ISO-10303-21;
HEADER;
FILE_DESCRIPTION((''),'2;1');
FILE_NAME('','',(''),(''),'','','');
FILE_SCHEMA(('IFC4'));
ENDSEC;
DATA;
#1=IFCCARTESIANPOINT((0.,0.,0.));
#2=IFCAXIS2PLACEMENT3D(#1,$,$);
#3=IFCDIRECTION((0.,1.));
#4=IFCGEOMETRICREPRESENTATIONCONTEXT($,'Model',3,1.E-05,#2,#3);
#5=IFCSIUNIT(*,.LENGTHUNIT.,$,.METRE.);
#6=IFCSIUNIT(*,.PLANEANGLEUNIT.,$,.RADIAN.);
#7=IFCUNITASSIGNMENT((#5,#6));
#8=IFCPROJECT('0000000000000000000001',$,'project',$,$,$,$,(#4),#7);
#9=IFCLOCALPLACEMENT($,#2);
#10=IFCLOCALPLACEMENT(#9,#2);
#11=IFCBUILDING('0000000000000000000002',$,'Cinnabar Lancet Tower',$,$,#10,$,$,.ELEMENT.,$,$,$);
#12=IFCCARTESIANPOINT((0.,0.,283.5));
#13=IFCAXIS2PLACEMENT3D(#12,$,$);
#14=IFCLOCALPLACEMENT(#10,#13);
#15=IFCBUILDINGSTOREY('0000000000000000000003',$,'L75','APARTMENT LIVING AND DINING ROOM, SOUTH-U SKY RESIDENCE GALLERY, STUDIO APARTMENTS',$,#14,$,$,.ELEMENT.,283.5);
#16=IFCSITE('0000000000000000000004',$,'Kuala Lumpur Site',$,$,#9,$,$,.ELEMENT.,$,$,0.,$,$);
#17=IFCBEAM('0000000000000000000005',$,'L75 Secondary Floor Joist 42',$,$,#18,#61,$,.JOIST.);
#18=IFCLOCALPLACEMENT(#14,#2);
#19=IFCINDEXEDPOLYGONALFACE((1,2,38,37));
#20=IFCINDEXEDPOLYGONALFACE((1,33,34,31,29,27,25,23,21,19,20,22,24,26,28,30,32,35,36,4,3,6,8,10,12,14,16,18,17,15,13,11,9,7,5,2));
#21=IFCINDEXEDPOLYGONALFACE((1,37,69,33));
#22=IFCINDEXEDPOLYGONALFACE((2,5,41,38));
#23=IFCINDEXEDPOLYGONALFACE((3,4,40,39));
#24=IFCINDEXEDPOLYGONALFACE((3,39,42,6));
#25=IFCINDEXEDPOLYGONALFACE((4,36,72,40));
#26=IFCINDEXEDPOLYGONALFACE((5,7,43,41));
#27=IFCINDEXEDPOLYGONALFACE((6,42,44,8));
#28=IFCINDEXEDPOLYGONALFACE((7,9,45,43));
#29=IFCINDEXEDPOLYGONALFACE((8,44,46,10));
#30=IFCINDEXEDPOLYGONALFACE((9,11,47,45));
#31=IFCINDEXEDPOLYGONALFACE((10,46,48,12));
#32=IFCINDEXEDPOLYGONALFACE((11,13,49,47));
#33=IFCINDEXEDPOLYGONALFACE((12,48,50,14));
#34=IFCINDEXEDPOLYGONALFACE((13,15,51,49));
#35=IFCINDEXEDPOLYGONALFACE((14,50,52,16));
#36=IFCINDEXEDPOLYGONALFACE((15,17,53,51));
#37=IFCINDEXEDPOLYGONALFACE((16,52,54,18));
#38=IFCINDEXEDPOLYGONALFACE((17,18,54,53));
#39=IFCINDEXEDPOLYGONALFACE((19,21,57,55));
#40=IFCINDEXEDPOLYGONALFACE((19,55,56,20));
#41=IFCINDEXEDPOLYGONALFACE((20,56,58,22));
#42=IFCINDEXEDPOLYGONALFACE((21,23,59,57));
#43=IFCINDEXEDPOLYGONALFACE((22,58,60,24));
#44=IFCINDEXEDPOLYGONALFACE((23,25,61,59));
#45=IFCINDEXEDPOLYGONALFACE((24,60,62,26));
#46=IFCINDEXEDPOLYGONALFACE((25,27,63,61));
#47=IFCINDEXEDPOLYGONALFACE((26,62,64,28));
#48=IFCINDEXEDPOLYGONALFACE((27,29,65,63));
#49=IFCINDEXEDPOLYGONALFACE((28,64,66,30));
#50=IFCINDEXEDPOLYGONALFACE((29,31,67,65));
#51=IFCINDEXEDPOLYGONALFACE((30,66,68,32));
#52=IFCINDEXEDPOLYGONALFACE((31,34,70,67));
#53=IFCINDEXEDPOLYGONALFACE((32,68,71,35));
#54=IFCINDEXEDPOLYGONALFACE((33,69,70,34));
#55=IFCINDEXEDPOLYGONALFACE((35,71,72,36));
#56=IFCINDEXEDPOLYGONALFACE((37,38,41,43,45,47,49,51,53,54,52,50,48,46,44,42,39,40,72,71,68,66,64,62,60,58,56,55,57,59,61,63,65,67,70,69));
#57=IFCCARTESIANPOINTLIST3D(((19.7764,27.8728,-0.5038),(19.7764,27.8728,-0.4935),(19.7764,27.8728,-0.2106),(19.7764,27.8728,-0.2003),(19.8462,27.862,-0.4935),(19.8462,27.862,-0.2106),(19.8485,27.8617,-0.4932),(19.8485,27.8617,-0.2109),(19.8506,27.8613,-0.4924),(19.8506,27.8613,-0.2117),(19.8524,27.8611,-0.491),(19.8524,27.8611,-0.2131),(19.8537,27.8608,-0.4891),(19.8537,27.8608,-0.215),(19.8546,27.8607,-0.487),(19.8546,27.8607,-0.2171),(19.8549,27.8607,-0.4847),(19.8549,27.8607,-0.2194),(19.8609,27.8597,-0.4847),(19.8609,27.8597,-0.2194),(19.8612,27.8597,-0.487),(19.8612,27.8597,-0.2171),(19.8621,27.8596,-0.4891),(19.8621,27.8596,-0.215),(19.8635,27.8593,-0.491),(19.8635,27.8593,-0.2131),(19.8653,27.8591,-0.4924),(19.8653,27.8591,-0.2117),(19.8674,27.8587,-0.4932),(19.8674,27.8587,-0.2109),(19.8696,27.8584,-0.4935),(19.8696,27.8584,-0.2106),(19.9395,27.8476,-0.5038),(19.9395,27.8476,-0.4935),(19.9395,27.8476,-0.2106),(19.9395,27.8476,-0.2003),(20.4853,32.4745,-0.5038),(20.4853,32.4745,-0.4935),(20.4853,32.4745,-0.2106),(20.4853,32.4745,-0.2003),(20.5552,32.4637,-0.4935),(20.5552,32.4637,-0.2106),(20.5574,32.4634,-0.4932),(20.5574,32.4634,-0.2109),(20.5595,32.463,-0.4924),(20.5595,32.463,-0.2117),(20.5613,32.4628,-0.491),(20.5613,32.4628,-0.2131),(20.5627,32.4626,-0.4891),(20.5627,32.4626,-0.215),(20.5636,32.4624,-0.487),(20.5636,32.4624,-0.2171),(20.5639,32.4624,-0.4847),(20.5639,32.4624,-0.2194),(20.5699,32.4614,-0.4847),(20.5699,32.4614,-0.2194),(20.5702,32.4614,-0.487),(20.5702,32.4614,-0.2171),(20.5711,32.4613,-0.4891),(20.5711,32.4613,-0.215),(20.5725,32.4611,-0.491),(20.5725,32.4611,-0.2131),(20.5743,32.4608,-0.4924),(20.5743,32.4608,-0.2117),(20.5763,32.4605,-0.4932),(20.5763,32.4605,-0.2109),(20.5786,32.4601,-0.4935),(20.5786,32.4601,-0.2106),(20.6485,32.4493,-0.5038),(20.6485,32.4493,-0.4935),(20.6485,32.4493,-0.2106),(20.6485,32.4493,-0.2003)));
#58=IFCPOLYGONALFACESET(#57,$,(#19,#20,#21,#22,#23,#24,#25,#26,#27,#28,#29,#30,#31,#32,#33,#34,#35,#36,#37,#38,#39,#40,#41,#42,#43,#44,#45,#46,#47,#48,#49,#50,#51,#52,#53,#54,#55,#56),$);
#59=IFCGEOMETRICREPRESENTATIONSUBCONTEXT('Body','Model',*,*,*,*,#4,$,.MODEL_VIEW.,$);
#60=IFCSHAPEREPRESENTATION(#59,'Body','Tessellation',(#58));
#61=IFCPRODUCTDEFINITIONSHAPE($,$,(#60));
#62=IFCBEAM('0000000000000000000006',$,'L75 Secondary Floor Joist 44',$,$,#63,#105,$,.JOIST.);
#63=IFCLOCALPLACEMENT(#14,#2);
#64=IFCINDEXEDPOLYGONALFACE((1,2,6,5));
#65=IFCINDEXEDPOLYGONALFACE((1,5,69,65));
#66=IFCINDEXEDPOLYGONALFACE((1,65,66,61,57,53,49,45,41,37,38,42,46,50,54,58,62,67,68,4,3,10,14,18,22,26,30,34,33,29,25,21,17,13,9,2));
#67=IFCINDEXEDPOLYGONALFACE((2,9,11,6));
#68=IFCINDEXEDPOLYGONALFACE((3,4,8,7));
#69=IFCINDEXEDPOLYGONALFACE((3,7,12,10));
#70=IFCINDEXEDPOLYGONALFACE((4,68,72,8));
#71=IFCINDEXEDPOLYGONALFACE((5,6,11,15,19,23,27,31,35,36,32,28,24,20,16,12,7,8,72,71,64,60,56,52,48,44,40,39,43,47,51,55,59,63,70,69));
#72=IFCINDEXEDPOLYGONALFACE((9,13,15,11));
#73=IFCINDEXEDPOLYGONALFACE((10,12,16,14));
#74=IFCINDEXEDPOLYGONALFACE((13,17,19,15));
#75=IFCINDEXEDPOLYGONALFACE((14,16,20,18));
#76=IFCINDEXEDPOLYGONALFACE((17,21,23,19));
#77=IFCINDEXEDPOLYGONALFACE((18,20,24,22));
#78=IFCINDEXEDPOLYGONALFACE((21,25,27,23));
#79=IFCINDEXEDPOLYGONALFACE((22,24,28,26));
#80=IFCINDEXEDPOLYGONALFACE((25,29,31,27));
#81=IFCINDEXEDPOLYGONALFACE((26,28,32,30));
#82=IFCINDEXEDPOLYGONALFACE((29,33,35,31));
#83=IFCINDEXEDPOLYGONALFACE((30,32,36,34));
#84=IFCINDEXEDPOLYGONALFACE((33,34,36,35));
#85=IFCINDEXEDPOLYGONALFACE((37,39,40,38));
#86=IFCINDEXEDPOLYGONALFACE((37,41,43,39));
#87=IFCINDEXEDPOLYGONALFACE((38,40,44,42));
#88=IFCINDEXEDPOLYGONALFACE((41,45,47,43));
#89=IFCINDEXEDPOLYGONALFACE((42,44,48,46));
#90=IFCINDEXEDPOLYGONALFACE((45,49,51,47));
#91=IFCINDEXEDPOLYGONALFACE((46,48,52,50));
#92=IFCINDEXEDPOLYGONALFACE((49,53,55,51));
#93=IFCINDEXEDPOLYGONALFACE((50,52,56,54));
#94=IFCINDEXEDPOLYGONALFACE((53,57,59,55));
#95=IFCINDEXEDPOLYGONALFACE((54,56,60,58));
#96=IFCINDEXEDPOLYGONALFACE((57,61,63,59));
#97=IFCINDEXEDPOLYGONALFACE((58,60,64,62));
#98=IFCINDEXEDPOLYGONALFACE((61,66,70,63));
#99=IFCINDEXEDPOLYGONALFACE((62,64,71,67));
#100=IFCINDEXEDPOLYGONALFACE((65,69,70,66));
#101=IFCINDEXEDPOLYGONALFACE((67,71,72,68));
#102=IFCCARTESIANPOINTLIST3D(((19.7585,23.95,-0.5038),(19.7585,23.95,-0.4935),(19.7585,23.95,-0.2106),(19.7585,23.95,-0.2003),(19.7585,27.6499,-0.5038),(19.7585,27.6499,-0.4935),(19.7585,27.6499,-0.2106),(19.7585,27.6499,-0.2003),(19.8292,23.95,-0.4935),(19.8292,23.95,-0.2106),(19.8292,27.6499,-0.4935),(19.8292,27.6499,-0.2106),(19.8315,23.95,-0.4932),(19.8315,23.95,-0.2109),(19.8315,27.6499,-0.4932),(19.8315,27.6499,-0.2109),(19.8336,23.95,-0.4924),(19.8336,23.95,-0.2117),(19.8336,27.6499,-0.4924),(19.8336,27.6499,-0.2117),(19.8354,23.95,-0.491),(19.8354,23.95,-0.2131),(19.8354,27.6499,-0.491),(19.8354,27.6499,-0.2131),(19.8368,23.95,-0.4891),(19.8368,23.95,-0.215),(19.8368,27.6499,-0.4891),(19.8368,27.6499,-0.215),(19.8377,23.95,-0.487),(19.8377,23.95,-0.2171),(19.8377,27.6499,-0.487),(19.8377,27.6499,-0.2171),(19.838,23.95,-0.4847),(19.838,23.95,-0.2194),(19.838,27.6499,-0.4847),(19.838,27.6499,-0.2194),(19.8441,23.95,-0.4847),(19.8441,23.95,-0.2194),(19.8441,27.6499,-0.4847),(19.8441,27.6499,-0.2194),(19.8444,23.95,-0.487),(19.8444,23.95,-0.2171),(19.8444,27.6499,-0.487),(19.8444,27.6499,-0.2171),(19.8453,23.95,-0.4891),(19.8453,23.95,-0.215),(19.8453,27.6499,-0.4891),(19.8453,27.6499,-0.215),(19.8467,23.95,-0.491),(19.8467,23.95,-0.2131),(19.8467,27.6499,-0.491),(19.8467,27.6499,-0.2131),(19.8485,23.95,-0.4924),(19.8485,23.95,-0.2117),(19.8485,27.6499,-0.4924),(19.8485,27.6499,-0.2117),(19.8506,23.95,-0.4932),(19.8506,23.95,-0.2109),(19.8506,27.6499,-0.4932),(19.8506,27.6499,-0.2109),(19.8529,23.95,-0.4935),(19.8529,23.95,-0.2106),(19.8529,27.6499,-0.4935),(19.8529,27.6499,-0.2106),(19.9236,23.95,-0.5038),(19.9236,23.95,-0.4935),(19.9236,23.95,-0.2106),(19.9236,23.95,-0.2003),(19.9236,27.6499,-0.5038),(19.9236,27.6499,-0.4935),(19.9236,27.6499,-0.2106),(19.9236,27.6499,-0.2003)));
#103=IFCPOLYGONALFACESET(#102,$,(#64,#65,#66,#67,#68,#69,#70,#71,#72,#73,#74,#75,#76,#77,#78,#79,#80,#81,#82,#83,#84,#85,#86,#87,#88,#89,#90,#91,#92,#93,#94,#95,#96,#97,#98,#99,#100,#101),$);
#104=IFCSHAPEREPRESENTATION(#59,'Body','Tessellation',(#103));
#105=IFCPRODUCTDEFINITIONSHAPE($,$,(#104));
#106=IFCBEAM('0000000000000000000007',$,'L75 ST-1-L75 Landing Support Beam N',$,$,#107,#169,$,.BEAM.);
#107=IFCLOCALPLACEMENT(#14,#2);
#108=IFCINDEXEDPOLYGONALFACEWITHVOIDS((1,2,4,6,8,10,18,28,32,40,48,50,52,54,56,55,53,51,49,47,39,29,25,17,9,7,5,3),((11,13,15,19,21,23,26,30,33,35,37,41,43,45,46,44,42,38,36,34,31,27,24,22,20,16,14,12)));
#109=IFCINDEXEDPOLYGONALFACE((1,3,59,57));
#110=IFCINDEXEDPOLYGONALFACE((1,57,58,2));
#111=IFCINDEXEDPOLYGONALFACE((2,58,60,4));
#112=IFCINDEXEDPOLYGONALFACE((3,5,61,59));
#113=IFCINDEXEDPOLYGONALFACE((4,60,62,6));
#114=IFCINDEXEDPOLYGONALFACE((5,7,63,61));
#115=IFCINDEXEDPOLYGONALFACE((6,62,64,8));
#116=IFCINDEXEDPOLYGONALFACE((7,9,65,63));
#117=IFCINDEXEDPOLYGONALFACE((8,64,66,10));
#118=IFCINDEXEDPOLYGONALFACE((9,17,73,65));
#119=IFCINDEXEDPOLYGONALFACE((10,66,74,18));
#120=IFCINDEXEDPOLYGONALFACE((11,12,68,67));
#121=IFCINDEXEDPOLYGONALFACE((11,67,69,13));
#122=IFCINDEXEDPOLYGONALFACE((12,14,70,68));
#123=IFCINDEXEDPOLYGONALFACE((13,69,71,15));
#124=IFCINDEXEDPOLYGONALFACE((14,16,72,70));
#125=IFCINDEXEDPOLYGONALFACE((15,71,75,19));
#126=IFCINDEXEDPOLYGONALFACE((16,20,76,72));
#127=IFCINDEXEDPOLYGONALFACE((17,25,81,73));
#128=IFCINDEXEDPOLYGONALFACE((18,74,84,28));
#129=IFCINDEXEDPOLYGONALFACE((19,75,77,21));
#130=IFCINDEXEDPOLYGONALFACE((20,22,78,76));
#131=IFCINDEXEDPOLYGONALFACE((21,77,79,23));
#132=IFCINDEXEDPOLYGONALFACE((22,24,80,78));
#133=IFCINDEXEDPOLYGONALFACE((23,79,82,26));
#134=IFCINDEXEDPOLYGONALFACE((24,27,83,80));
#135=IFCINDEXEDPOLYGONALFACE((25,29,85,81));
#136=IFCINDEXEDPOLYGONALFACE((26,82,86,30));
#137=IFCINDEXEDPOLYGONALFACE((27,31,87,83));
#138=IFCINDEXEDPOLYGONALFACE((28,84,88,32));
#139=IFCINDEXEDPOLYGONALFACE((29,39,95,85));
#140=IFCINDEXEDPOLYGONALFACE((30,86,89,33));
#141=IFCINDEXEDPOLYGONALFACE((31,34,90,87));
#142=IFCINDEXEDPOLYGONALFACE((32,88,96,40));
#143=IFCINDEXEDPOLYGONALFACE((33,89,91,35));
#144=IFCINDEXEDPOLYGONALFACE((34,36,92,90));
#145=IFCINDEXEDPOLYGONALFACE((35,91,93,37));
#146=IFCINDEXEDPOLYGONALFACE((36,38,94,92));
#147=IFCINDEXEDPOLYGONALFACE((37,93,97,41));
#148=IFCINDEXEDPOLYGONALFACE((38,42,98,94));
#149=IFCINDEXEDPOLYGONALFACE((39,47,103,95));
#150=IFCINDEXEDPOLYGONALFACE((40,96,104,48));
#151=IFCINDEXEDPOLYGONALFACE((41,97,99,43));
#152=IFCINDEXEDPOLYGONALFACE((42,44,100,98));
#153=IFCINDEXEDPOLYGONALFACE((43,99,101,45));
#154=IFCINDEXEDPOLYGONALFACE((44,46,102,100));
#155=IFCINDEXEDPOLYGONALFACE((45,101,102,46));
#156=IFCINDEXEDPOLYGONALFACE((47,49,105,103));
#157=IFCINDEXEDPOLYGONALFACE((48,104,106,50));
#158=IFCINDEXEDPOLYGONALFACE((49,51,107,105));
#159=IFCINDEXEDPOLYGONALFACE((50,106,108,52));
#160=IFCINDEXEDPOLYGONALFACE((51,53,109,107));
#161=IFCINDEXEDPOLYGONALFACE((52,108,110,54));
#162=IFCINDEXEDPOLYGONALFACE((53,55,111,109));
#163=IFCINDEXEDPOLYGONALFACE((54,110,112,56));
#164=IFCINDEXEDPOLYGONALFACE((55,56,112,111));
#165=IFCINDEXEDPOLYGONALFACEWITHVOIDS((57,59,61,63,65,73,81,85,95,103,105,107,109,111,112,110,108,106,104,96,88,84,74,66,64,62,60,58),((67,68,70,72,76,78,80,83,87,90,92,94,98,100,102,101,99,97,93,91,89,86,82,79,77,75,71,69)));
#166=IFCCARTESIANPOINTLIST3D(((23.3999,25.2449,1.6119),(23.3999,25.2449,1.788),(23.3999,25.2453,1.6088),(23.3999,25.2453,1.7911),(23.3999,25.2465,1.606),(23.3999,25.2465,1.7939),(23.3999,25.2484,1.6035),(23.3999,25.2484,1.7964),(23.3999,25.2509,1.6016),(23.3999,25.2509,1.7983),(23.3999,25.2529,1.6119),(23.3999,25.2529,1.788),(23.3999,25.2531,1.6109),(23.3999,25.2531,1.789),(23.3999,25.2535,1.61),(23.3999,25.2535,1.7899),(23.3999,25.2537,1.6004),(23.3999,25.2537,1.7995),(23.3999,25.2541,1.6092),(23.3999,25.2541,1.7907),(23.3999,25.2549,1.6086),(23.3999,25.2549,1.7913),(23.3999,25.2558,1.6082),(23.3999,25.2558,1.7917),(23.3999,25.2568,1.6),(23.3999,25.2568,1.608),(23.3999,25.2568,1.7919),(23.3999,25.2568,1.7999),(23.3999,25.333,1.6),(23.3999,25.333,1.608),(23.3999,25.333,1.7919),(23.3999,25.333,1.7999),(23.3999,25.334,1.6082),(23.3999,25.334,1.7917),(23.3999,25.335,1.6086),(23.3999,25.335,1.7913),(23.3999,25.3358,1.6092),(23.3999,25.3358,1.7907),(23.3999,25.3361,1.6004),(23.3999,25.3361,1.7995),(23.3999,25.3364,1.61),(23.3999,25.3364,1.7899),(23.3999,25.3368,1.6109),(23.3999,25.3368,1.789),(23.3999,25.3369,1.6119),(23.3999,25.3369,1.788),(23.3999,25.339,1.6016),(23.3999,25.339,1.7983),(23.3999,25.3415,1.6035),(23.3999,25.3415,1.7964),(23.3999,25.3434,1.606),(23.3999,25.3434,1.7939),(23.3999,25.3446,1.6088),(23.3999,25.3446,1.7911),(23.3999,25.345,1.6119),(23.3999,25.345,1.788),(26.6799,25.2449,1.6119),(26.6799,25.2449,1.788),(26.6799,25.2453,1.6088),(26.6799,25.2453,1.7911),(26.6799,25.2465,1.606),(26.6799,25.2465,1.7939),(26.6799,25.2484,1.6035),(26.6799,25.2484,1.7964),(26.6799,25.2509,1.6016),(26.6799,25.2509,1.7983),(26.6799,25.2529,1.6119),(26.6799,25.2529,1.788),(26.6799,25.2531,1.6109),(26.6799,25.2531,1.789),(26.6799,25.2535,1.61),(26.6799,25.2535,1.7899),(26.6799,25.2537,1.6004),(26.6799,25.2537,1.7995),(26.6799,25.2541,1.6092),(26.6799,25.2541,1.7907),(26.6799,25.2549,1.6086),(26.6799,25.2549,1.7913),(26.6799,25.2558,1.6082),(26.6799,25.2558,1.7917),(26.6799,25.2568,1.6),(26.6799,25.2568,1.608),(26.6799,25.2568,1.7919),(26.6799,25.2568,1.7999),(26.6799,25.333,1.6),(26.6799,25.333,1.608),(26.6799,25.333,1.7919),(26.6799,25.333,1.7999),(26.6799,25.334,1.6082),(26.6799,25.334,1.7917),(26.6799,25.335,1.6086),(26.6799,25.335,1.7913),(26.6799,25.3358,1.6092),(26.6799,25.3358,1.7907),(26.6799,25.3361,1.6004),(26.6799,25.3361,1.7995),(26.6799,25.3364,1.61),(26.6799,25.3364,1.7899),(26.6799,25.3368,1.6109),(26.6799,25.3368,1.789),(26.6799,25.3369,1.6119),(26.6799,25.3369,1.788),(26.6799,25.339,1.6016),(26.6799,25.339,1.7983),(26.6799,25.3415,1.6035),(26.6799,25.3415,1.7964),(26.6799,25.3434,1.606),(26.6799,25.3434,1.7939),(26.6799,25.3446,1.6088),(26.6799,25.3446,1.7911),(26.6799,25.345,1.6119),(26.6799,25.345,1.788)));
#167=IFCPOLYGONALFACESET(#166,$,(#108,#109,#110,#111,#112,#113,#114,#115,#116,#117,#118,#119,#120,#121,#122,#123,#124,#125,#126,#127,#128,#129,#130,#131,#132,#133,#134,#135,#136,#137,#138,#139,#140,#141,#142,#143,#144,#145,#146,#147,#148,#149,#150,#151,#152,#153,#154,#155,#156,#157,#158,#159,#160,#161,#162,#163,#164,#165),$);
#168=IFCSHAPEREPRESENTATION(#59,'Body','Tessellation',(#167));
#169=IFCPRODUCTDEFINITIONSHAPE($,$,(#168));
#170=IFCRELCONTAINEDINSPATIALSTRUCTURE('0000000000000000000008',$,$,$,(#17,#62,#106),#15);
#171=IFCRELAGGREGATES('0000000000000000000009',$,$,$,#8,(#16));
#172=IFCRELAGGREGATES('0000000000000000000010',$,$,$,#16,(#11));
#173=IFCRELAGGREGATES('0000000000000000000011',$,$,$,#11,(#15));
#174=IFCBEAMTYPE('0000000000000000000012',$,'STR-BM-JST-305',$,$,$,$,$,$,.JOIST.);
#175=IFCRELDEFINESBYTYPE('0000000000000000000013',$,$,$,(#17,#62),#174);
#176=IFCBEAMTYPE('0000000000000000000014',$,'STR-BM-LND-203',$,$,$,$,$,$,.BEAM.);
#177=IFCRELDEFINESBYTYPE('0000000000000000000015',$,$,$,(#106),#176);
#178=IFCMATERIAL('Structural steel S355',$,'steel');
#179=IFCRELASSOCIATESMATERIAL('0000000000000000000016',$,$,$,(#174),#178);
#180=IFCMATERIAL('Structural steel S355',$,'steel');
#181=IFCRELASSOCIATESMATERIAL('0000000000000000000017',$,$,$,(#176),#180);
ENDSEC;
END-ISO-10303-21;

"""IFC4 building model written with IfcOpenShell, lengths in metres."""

from ifc_helpers import new_model, si_unit, direction, frame, origin, origin_2d, place, context, subcontext, project, spatial, hollow_rectangle, i_section, extrude, material, material_profile, profile_set, type_object, element, save


model = new_model("IFC4")

# Units and contexts
model_context = context("Model", 3, precision=1e-05, world=origin(), true_north=direction((0.0, 1.0)))
body_context = subcontext(model_context, "Body", "Model", "MODEL_VIEW")
ifc_project = project(units=[si_unit("LENGTHUNIT", "METRE"), si_unit("PLANEANGLEUNIT", "RADIAN")], contexts=[model_context])

# Site, building, storey
site_placement = place(None, origin())
site = spatial("IfcSite", under=ifc_project, at=site_placement, Name="Kuala Lumpur Site", CompositionType="ELEMENT", RefElevation=0.0)
building_placement = place(site_placement, origin())
building = spatial("IfcBuilding", under=site, at=building_placement, Name="Cinnabar Lancet Tower", CompositionType="ELEMENT")
storey_placement = place(building_placement, frame((0.0, 0.0, 283.5)))
storey = spatial("IfcBuildingStorey", under=building, at=storey_placement, Name="L75", Description="APARTMENT LIVING AND DINING ROOM, SOUTH-U SKY RESIDENCE GALLERY, STUDIO APARTMENTS", CompositionType="ELEMENT", Elevation=283.5)

# Beams
ifc_material_1 = material(Name="Structural steel S355", Category="steel")
ifc_material_profile_1 = material_profile(ifc_material_1, i_section(OverallWidth=0.165, OverallDepth=0.3035, WebThickness=0.0061, FlangeThickness=0.0103, FilletRadius=0.0088, at=origin_2d()), Name="UKB 305x165x40")
ifc_profile_set_1 = profile_set([ifc_material_profile_1], Name="Structural steel S355")
beam_type_1 = type_object("IfcBeamType", Name="STR-BM-JST-305", PredefinedType="JOIST", material=ifc_profile_set_1)
beam_1_placement = place(storey_placement, frame((20.5669, 32.4619, -0.3521), z_axis=(-0.15227, -0.988339, 0.0), x_axis=(0.988339, -0.15227, 0.0)))
element("IfcBeam", 1, at=beam_1_placement, inside=storey, type_object=beam_type_1, Name="L75 Secondary Floor Joist 42", PredefinedType="JOIST", context=body_context, shape_type="SweptSolid", body=[
    extrude(i_section(OverallWidth=0.165, OverallDepth=0.3035, WebThickness=0.0061, FlangeThickness=0.0103, FilletRadius=0.0088, at=origin_2d()), origin(), (0.0, 0.0, 1.0), 4.656),
])
beam_2_placement = place(storey_placement, frame((19.8411, 27.6499, -0.3521), z_axis=(0.0, -1.0, 0.0), x_axis=(1.0, 0.0, 0.0)))
element("IfcBeam", 2, at=beam_2_placement, inside=storey, type_object=beam_type_1, Name="L75 Secondary Floor Joist 44", PredefinedType="JOIST", context=body_context, shape_type="SweptSolid", body=[
    extrude(i_section(OverallWidth=0.165, OverallDepth=0.3035, WebThickness=0.0061, FlangeThickness=0.0103, FilletRadius=0.0088, at=origin_2d()), origin(), (0.0, 0.0, 1.0), 3.7),
])
ifc_material_2 = material(Name="Structural steel S355", Category="steel")
ifc_material_profile_2 = material_profile(ifc_material_2, hollow_rectangle(XDim=0.1001, YDim=0.2, WallThickness=0.0081, InnerFilletRadius=0.0039, OuterFilletRadius=0.012, at=origin_2d()), Name="RHS 200x100x8")
ifc_profile_set_2 = profile_set([ifc_material_profile_2], Name="Structural steel S355")
beam_type_2 = type_object("IfcBeamType", Name="STR-BM-LND-203", PredefinedType="BEAM", material=ifc_profile_set_2)
beam_3_placement = place(storey_placement, frame((23.3999, 25.2949, 1.7), z_axis=(1.0, 0.0, 0.0), x_axis=(0.0, 1.0, 0.0)))
element("IfcBeam", 3, at=beam_3_placement, inside=storey, type_object=beam_type_2, Name="L75 ST-1-L75 Landing Support Beam N", PredefinedType="BEAM", context=body_context, shape_type="SweptSolid", body=[
    extrude(hollow_rectangle(XDim=0.1001, YDim=0.2, WallThickness=0.0081, InnerFilletRadius=0.0039, OuterFilletRadius=0.012, at=origin_2d()), origin(), (0.0, 0.0, 1.0), 3.28),
])

save(model, "model.ifc")
